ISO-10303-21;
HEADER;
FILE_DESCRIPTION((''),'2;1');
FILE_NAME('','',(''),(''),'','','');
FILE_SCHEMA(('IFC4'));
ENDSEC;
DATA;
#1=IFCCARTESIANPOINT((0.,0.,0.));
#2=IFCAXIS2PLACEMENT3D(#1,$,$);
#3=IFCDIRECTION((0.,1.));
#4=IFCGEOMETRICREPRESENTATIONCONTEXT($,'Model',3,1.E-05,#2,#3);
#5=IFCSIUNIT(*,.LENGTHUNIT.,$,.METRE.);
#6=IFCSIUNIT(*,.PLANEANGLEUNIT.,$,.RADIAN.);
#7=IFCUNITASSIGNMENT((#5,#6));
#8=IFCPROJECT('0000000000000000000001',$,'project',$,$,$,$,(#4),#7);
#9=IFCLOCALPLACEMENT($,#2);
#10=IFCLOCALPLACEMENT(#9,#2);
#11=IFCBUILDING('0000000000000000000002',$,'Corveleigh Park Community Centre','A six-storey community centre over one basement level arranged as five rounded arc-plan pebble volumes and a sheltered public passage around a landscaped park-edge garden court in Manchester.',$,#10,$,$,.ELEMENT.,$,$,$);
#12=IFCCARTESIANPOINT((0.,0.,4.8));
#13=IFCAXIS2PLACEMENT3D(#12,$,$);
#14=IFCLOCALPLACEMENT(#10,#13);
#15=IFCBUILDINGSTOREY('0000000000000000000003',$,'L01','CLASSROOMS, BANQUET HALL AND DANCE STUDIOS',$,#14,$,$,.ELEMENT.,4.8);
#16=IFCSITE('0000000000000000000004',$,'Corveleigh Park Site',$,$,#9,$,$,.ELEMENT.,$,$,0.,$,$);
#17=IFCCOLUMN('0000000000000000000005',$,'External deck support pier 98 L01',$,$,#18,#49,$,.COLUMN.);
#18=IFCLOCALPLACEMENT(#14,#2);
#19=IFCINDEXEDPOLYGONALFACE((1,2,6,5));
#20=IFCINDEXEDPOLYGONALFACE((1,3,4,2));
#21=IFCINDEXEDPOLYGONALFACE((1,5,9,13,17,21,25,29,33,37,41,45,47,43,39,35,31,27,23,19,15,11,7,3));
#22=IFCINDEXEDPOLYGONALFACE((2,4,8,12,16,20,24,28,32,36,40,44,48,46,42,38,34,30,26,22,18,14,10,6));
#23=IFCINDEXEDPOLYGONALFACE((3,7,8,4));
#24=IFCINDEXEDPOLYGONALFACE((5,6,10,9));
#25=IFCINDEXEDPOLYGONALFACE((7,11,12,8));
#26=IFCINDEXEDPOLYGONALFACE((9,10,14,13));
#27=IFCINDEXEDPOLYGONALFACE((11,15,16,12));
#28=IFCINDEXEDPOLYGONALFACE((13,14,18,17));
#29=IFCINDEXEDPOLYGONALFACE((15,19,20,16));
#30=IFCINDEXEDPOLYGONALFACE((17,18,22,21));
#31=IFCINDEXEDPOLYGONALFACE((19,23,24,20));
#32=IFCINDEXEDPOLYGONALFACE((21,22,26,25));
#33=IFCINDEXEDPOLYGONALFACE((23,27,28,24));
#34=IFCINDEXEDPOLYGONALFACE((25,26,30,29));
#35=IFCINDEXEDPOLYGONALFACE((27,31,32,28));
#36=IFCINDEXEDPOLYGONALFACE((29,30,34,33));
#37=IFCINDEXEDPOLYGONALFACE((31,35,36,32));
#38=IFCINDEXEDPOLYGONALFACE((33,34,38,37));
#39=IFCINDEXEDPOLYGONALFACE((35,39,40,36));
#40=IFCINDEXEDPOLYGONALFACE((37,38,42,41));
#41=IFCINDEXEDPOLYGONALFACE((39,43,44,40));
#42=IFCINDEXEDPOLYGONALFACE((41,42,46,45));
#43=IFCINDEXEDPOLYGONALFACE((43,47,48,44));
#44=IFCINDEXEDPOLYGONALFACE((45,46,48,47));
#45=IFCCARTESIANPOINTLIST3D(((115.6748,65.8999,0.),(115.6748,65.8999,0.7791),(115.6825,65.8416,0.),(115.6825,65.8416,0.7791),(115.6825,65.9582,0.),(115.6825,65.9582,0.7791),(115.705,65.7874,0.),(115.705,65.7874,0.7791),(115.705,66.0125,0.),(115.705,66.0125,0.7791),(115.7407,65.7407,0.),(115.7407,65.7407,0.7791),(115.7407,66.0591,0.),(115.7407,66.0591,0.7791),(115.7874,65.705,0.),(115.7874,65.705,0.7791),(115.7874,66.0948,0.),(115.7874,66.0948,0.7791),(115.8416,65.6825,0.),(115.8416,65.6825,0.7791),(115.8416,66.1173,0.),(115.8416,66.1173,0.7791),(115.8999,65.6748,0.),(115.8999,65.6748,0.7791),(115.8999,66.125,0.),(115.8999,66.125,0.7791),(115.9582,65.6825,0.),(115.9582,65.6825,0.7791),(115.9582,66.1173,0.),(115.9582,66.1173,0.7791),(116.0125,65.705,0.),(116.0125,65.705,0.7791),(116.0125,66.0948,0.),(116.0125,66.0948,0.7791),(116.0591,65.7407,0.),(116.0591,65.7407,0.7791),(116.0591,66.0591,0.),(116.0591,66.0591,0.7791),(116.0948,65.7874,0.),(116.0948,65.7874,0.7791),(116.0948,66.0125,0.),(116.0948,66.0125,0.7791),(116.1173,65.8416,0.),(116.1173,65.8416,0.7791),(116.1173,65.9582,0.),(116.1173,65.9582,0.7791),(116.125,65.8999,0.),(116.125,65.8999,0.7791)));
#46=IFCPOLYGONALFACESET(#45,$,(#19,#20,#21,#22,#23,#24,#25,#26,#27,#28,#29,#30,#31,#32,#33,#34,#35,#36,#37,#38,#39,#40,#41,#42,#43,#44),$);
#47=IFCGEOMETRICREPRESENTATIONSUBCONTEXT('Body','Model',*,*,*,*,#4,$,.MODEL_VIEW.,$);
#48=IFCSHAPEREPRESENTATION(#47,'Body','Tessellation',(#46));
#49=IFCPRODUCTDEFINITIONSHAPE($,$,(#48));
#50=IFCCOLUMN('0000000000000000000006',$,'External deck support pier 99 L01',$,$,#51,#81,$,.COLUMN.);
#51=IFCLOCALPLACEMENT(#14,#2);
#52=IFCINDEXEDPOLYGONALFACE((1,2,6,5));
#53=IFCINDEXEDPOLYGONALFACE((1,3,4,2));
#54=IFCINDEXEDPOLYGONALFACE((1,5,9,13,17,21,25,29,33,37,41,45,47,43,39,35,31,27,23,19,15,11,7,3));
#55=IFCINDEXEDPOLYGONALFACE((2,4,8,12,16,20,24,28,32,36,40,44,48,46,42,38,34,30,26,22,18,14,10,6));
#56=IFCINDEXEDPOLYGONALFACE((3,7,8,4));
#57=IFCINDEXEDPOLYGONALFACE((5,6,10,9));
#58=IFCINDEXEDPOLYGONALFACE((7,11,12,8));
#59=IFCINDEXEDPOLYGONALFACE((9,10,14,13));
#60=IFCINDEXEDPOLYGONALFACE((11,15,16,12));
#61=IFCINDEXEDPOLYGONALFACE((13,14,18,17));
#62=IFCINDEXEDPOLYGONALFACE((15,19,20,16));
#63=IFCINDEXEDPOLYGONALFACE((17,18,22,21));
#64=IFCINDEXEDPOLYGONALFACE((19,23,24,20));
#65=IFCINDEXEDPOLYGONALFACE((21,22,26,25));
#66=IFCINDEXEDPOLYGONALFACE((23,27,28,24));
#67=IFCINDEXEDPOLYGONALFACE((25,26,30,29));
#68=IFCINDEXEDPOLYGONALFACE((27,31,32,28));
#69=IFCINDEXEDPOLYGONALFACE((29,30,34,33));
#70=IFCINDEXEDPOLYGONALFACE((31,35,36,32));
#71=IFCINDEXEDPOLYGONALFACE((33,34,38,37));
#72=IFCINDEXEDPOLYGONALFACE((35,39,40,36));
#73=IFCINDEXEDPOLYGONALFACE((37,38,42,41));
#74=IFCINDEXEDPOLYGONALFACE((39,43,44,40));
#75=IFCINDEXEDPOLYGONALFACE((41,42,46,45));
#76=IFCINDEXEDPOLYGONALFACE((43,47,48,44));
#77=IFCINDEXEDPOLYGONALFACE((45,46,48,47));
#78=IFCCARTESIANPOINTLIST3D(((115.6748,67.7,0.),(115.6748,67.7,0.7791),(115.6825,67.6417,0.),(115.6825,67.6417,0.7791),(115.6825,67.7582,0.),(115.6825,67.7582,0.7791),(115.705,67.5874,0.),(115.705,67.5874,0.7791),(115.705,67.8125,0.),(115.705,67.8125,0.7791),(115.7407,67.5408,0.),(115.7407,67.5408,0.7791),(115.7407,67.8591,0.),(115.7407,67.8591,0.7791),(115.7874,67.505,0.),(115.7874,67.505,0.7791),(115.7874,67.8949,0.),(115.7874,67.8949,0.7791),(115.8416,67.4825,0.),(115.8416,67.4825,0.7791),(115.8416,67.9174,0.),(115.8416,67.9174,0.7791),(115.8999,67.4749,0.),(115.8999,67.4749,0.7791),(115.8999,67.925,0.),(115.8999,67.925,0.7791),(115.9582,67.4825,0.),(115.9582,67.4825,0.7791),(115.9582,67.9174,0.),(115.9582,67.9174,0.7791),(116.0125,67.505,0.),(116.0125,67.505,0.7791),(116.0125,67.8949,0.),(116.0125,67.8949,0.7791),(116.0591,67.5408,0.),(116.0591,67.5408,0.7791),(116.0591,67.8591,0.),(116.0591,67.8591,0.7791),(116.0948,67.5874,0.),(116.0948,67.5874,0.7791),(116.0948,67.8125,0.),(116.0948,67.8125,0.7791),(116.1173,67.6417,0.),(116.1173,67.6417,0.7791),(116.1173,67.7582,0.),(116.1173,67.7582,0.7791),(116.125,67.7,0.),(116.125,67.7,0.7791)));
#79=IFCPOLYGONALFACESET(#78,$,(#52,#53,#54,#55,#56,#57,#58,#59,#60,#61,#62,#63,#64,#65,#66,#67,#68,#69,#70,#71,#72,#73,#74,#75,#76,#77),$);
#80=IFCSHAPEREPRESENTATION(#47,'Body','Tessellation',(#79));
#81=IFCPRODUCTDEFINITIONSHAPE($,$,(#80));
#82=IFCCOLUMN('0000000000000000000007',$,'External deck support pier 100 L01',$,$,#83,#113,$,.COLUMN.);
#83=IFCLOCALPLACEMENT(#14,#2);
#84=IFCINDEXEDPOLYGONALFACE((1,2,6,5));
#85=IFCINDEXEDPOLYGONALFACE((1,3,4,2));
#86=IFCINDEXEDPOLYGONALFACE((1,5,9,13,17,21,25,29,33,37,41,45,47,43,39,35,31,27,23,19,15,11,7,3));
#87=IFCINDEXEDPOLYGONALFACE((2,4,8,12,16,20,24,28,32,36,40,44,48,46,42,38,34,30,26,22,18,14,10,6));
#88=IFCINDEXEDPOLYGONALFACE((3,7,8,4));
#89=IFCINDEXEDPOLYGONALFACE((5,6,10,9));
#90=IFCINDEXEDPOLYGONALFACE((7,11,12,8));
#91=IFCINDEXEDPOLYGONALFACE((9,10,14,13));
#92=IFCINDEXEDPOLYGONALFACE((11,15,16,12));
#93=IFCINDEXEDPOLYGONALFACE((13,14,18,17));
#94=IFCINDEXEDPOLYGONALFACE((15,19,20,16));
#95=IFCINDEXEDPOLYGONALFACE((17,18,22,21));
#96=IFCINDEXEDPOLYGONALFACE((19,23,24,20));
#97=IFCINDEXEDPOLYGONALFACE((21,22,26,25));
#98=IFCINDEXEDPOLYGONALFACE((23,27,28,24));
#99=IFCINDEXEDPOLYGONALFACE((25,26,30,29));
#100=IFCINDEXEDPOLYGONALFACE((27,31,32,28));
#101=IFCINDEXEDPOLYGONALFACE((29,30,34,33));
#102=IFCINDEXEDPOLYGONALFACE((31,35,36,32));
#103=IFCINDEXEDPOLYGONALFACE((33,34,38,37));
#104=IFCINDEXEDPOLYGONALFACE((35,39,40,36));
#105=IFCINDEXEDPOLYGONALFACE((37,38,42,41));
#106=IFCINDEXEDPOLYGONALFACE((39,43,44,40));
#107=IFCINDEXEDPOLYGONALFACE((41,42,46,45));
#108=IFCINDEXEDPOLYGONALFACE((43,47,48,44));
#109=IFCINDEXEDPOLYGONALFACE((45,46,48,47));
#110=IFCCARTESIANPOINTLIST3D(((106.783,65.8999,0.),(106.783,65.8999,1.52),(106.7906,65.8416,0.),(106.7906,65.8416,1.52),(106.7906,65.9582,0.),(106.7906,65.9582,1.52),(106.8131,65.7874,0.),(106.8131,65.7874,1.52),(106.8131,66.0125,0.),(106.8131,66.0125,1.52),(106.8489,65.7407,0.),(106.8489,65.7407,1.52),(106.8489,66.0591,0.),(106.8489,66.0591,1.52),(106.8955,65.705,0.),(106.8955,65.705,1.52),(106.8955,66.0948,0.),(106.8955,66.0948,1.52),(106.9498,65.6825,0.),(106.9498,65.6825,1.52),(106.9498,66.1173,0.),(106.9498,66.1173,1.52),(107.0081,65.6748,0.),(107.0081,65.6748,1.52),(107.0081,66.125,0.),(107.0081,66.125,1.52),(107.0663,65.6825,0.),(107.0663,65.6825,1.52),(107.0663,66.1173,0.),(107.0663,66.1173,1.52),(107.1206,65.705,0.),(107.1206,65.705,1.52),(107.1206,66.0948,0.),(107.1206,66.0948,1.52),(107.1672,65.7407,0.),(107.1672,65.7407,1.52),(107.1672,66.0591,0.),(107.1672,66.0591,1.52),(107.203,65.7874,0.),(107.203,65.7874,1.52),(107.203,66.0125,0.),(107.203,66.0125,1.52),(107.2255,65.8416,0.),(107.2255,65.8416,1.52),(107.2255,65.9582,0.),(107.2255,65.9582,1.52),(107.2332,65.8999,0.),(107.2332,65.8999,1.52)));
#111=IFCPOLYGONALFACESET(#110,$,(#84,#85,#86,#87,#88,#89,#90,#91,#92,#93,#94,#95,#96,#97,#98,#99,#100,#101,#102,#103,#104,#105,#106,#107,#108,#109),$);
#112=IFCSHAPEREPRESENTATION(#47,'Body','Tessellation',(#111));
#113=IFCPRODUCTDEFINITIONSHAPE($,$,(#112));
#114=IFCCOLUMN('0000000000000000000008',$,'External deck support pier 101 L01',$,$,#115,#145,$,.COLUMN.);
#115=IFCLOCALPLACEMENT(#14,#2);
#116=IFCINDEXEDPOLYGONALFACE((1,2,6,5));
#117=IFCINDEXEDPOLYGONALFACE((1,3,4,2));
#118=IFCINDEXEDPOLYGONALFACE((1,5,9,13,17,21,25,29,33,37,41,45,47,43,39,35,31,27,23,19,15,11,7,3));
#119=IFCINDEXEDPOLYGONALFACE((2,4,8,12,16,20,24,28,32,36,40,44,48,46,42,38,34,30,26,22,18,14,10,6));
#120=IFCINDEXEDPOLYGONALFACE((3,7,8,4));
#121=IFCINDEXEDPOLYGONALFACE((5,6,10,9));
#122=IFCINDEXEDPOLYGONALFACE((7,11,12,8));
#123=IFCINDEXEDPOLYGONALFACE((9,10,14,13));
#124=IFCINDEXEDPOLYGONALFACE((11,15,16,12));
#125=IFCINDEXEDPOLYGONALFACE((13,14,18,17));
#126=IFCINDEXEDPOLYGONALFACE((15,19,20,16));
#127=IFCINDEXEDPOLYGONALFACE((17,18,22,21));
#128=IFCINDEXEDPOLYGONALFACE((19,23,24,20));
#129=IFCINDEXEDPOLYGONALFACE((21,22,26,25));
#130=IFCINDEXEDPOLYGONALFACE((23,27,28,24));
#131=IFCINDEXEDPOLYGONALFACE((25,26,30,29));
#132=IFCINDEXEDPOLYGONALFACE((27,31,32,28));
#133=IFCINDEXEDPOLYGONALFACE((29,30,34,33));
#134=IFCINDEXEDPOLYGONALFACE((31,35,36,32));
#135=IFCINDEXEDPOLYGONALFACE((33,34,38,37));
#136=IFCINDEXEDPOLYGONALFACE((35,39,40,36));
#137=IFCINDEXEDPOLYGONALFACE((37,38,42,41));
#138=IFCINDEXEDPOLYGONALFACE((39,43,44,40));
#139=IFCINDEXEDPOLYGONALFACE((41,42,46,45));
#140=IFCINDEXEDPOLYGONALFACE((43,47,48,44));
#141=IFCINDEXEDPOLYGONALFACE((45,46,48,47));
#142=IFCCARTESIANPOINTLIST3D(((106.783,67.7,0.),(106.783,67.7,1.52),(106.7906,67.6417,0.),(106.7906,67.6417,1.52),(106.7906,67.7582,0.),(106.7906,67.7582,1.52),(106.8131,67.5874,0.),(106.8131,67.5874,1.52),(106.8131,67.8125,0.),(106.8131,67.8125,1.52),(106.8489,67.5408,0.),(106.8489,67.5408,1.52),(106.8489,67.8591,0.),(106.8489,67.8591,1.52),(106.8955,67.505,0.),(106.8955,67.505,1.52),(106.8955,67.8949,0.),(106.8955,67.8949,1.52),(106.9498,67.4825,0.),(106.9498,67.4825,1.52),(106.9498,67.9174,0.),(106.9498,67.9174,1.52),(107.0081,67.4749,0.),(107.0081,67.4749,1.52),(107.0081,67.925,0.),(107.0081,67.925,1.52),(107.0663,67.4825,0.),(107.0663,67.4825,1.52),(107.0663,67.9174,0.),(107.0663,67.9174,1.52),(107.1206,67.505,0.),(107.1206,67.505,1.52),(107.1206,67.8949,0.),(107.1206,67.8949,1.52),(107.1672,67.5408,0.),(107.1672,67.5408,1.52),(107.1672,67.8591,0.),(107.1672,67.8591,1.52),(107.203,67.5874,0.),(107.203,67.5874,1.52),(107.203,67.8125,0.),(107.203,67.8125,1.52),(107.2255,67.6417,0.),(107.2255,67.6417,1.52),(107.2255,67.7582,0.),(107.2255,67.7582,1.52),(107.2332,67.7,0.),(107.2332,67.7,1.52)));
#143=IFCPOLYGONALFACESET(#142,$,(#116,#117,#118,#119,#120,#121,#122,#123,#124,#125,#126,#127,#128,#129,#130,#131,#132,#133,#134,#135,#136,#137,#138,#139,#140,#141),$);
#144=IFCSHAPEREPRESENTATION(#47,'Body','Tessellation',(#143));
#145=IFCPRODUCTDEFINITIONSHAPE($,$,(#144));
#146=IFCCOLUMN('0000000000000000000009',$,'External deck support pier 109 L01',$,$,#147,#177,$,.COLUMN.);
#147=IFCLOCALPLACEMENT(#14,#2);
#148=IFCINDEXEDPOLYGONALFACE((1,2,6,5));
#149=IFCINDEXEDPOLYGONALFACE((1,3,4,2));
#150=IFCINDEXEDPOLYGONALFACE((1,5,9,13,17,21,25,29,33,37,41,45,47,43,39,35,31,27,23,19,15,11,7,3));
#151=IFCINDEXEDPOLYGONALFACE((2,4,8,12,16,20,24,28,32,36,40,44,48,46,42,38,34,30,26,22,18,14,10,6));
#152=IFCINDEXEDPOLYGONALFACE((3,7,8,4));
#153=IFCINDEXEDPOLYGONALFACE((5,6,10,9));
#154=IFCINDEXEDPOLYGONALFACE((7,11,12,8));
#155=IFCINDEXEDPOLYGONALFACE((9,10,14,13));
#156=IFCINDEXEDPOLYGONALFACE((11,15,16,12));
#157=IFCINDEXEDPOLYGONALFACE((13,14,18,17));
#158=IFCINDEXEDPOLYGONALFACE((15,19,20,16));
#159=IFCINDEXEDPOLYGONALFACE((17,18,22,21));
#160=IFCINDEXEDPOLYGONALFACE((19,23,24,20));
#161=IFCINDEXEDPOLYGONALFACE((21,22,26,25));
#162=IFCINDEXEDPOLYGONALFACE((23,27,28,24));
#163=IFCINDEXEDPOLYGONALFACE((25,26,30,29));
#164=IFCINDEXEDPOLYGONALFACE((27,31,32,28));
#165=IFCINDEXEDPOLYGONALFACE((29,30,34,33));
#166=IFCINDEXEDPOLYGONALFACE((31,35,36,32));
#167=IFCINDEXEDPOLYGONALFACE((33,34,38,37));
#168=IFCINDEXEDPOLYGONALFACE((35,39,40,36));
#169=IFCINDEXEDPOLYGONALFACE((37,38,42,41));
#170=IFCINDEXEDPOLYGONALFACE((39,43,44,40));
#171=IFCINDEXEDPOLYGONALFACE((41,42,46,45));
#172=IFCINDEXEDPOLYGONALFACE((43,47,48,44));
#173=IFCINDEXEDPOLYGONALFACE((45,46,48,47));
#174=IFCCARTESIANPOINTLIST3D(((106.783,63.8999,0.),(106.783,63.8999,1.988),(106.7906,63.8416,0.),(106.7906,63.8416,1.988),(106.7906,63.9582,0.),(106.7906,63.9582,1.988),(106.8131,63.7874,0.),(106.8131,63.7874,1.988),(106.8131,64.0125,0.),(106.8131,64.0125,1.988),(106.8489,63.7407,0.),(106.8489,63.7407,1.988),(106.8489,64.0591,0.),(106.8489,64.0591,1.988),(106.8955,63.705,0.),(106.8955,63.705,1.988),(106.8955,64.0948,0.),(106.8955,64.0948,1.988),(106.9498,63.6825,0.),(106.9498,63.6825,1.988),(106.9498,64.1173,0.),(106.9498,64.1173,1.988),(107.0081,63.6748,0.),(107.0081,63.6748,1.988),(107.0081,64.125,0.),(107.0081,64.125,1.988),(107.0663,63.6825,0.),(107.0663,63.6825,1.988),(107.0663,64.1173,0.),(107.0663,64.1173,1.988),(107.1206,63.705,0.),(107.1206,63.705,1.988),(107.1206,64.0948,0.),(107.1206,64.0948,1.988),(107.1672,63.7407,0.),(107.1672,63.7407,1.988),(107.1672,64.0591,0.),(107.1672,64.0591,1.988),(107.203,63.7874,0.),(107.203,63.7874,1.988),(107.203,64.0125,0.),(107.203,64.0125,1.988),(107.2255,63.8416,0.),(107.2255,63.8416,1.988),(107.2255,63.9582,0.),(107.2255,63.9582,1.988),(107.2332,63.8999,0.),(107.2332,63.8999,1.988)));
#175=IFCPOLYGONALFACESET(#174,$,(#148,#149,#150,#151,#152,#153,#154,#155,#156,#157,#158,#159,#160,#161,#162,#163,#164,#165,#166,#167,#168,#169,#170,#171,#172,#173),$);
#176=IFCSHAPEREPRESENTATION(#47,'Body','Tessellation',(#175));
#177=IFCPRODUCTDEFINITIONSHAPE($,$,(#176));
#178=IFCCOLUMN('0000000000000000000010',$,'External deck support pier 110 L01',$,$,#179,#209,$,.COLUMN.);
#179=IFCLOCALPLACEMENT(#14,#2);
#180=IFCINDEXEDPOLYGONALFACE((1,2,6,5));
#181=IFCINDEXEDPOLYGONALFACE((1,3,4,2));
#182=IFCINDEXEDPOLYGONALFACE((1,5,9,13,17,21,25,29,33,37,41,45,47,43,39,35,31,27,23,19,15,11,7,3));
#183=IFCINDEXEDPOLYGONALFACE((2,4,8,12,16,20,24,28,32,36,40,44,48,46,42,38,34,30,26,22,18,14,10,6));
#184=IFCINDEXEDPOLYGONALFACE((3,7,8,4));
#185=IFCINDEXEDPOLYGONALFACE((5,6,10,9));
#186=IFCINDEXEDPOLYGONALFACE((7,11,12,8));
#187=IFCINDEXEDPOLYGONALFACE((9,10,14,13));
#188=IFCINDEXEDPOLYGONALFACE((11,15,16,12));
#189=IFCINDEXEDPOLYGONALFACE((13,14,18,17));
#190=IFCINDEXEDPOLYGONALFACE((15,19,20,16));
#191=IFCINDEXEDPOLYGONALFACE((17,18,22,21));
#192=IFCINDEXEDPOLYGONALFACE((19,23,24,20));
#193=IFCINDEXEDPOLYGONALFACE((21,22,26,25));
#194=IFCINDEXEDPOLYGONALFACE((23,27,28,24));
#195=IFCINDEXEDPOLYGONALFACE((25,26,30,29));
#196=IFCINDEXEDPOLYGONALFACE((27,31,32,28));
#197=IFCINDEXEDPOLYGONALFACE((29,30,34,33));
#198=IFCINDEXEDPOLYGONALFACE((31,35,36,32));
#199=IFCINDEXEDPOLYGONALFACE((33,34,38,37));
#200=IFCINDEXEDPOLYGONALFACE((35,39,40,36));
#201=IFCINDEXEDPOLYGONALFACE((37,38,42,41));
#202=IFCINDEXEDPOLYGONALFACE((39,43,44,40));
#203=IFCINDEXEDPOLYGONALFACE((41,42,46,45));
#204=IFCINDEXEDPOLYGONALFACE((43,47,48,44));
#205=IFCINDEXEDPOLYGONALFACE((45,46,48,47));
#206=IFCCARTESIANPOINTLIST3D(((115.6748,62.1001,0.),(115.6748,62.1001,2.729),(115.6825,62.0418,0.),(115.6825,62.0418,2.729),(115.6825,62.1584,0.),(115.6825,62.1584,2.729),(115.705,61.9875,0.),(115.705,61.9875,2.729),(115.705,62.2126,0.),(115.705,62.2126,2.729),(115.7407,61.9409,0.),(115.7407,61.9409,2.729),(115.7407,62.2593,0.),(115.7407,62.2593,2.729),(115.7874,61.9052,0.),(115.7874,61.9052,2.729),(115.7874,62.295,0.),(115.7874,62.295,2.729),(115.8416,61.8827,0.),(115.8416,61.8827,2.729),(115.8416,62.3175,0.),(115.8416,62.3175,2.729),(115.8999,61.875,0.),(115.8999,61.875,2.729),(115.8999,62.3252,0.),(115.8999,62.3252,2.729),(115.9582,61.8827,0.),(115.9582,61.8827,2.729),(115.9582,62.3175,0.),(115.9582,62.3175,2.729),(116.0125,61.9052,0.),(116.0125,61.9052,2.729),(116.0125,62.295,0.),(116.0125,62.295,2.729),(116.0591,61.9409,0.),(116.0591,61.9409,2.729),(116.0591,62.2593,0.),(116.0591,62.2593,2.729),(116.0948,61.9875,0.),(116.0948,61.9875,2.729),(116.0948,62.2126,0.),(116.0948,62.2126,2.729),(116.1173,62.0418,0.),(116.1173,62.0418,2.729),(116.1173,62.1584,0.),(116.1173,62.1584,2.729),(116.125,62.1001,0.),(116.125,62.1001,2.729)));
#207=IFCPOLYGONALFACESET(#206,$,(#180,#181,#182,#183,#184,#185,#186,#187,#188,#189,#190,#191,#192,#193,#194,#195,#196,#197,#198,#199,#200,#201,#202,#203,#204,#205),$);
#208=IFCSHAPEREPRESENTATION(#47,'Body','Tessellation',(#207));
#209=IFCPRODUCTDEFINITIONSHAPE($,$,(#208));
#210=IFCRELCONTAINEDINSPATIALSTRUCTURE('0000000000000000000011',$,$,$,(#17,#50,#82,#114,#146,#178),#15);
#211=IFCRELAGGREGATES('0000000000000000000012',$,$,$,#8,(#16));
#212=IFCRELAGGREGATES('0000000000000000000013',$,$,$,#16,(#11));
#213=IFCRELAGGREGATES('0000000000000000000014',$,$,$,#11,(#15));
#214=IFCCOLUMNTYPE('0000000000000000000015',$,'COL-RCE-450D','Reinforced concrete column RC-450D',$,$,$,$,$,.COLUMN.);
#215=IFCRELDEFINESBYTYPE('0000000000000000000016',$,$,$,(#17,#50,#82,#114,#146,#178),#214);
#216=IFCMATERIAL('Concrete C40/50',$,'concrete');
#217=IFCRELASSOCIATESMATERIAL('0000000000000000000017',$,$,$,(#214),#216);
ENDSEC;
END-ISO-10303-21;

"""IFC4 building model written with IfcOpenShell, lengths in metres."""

from ifc_helpers import new_model, si_unit, direction, frame, origin, origin_2d, place, context, subcontext, project, spatial, circle, extrude, material, material_profile, profile_set, type_object, element, save


model = new_model("IFC4")

# Units and contexts
model_context = context("Model", 3, precision=1e-05, world=origin(), true_north=direction((0.0, 1.0)))
body_context = subcontext(model_context, "Body", "Model", "MODEL_VIEW")
ifc_project = project(units=[si_unit("LENGTHUNIT", "METRE"), si_unit("PLANEANGLEUNIT", "RADIAN")], contexts=[model_context])

# Site, building, storey
site_placement = place(None, origin())
site = spatial("IfcSite", under=ifc_project, at=site_placement, Name="Corveleigh Park Site", CompositionType="ELEMENT", RefElevation=0.0)
building_placement = place(site_placement, origin())
building = spatial("IfcBuilding", under=site, at=building_placement, Name="Corveleigh Park Community Centre", Description="A six-storey community centre over one basement level arranged as five rounded arc-plan pebble volumes and a sheltered public passage around a landscaped park-edge garden court in Manchester.", CompositionType="ELEMENT")
storey_placement = place(building_placement, frame((0.0, 0.0, 4.8)))
storey = spatial("IfcBuildingStorey", under=building, at=storey_placement, Name="L01", Description="CLASSROOMS, BANQUET HALL AND DANCE STUDIOS", CompositionType="ELEMENT", Elevation=4.8)

# Columns
ifc_material_1 = material(Name="Concrete C40/50", Category="concrete")
ifc_material_profile_1 = material_profile(ifc_material_1, circle(Radius=0.2251, at=origin_2d()), Name="RC-450D", Category="concrete")
ifc_profile_set_1 = profile_set([ifc_material_profile_1], Name="Concrete C40/50")
column_type = type_object("IfcColumnType", Name="COL-RCE-450D", Description="Reinforced concrete column RC-450D", PredefinedType="COLUMN", material=ifc_profile_set_1)
for number, where, z_axis, x_axis, name in (
    (1, (115.8999, 65.8999, 0.0), (0.0, 0.0, 1.0), (1.0, 0.0, 0.0), "External deck support pier 98 L01"),
    (2, (115.8999, 67.7, 0.0), (0.0, 0.0, 1.0), (1.0, 0.0, 0.0), "External deck support pier 99 L01"),
):
    element("IfcColumn", number, at=place(storey_placement, frame(where, z_axis=z_axis, x_axis=x_axis)), inside=storey, type_object=column_type, Name=name, PredefinedType="COLUMN", context=body_context, shape_type="SweptSolid", body=[
        extrude(circle(Radius=0.2251, at=origin_2d()), origin(), (0.0, 0.0, 1.0), 0.7791),
    ])
for number, where, z_axis, x_axis, name in (
    (3, (107.0081, 65.8999, 0.0), (0.0, 0.0, 1.0), (1.0, 0.0, 0.0), "External deck support pier 100 L01"),
    (4, (107.0081, 67.7, 0.0), (0.0, 0.0, 1.0), (1.0, 0.0, 0.0), "External deck support pier 101 L01"),
):
    element("IfcColumn", number, at=place(storey_placement, frame(where, z_axis=z_axis, x_axis=x_axis)), inside=storey, type_object=column_type, Name=name, PredefinedType="COLUMN", context=body_context, shape_type="SweptSolid", body=[
        extrude(circle(Radius=0.2251, at=origin_2d()), origin(), (0.0, 0.0, 1.0), 1.52),
    ])
column_placement = place(storey_placement, frame((107.0081, 63.8999, 0.0), z_axis=(0.0, 0.0, 1.0), x_axis=(1.0, 0.0, 0.0)))
element("IfcColumn", 5, at=column_placement, inside=storey, type_object=column_type, Name="External deck support pier 109 L01", PredefinedType="COLUMN", context=body_context, shape_type="SweptSolid", body=[
    extrude(circle(Radius=0.2251, at=origin_2d()), origin(), (0.0, 0.0, 1.0), 1.988),
])
for number, where, z_axis, x_axis, name in (
    (6, (115.8999, 62.1001, 0.0), (0.0, 0.0, 1.0), (1.0, 0.0, 0.0), "External deck support pier 110 L01"),
):
    element("IfcColumn", number, at=place(storey_placement, frame(where, z_axis=z_axis, x_axis=x_axis)), inside=storey, type_object=column_type, Name=name, PredefinedType="COLUMN", context=body_context, shape_type="SweptSolid", body=[
        extrude(circle(Radius=0.2251, at=origin_2d()), origin(), (0.0, 0.0, 1.0), 2.729),
    ])

save(model, "model.ifc")
